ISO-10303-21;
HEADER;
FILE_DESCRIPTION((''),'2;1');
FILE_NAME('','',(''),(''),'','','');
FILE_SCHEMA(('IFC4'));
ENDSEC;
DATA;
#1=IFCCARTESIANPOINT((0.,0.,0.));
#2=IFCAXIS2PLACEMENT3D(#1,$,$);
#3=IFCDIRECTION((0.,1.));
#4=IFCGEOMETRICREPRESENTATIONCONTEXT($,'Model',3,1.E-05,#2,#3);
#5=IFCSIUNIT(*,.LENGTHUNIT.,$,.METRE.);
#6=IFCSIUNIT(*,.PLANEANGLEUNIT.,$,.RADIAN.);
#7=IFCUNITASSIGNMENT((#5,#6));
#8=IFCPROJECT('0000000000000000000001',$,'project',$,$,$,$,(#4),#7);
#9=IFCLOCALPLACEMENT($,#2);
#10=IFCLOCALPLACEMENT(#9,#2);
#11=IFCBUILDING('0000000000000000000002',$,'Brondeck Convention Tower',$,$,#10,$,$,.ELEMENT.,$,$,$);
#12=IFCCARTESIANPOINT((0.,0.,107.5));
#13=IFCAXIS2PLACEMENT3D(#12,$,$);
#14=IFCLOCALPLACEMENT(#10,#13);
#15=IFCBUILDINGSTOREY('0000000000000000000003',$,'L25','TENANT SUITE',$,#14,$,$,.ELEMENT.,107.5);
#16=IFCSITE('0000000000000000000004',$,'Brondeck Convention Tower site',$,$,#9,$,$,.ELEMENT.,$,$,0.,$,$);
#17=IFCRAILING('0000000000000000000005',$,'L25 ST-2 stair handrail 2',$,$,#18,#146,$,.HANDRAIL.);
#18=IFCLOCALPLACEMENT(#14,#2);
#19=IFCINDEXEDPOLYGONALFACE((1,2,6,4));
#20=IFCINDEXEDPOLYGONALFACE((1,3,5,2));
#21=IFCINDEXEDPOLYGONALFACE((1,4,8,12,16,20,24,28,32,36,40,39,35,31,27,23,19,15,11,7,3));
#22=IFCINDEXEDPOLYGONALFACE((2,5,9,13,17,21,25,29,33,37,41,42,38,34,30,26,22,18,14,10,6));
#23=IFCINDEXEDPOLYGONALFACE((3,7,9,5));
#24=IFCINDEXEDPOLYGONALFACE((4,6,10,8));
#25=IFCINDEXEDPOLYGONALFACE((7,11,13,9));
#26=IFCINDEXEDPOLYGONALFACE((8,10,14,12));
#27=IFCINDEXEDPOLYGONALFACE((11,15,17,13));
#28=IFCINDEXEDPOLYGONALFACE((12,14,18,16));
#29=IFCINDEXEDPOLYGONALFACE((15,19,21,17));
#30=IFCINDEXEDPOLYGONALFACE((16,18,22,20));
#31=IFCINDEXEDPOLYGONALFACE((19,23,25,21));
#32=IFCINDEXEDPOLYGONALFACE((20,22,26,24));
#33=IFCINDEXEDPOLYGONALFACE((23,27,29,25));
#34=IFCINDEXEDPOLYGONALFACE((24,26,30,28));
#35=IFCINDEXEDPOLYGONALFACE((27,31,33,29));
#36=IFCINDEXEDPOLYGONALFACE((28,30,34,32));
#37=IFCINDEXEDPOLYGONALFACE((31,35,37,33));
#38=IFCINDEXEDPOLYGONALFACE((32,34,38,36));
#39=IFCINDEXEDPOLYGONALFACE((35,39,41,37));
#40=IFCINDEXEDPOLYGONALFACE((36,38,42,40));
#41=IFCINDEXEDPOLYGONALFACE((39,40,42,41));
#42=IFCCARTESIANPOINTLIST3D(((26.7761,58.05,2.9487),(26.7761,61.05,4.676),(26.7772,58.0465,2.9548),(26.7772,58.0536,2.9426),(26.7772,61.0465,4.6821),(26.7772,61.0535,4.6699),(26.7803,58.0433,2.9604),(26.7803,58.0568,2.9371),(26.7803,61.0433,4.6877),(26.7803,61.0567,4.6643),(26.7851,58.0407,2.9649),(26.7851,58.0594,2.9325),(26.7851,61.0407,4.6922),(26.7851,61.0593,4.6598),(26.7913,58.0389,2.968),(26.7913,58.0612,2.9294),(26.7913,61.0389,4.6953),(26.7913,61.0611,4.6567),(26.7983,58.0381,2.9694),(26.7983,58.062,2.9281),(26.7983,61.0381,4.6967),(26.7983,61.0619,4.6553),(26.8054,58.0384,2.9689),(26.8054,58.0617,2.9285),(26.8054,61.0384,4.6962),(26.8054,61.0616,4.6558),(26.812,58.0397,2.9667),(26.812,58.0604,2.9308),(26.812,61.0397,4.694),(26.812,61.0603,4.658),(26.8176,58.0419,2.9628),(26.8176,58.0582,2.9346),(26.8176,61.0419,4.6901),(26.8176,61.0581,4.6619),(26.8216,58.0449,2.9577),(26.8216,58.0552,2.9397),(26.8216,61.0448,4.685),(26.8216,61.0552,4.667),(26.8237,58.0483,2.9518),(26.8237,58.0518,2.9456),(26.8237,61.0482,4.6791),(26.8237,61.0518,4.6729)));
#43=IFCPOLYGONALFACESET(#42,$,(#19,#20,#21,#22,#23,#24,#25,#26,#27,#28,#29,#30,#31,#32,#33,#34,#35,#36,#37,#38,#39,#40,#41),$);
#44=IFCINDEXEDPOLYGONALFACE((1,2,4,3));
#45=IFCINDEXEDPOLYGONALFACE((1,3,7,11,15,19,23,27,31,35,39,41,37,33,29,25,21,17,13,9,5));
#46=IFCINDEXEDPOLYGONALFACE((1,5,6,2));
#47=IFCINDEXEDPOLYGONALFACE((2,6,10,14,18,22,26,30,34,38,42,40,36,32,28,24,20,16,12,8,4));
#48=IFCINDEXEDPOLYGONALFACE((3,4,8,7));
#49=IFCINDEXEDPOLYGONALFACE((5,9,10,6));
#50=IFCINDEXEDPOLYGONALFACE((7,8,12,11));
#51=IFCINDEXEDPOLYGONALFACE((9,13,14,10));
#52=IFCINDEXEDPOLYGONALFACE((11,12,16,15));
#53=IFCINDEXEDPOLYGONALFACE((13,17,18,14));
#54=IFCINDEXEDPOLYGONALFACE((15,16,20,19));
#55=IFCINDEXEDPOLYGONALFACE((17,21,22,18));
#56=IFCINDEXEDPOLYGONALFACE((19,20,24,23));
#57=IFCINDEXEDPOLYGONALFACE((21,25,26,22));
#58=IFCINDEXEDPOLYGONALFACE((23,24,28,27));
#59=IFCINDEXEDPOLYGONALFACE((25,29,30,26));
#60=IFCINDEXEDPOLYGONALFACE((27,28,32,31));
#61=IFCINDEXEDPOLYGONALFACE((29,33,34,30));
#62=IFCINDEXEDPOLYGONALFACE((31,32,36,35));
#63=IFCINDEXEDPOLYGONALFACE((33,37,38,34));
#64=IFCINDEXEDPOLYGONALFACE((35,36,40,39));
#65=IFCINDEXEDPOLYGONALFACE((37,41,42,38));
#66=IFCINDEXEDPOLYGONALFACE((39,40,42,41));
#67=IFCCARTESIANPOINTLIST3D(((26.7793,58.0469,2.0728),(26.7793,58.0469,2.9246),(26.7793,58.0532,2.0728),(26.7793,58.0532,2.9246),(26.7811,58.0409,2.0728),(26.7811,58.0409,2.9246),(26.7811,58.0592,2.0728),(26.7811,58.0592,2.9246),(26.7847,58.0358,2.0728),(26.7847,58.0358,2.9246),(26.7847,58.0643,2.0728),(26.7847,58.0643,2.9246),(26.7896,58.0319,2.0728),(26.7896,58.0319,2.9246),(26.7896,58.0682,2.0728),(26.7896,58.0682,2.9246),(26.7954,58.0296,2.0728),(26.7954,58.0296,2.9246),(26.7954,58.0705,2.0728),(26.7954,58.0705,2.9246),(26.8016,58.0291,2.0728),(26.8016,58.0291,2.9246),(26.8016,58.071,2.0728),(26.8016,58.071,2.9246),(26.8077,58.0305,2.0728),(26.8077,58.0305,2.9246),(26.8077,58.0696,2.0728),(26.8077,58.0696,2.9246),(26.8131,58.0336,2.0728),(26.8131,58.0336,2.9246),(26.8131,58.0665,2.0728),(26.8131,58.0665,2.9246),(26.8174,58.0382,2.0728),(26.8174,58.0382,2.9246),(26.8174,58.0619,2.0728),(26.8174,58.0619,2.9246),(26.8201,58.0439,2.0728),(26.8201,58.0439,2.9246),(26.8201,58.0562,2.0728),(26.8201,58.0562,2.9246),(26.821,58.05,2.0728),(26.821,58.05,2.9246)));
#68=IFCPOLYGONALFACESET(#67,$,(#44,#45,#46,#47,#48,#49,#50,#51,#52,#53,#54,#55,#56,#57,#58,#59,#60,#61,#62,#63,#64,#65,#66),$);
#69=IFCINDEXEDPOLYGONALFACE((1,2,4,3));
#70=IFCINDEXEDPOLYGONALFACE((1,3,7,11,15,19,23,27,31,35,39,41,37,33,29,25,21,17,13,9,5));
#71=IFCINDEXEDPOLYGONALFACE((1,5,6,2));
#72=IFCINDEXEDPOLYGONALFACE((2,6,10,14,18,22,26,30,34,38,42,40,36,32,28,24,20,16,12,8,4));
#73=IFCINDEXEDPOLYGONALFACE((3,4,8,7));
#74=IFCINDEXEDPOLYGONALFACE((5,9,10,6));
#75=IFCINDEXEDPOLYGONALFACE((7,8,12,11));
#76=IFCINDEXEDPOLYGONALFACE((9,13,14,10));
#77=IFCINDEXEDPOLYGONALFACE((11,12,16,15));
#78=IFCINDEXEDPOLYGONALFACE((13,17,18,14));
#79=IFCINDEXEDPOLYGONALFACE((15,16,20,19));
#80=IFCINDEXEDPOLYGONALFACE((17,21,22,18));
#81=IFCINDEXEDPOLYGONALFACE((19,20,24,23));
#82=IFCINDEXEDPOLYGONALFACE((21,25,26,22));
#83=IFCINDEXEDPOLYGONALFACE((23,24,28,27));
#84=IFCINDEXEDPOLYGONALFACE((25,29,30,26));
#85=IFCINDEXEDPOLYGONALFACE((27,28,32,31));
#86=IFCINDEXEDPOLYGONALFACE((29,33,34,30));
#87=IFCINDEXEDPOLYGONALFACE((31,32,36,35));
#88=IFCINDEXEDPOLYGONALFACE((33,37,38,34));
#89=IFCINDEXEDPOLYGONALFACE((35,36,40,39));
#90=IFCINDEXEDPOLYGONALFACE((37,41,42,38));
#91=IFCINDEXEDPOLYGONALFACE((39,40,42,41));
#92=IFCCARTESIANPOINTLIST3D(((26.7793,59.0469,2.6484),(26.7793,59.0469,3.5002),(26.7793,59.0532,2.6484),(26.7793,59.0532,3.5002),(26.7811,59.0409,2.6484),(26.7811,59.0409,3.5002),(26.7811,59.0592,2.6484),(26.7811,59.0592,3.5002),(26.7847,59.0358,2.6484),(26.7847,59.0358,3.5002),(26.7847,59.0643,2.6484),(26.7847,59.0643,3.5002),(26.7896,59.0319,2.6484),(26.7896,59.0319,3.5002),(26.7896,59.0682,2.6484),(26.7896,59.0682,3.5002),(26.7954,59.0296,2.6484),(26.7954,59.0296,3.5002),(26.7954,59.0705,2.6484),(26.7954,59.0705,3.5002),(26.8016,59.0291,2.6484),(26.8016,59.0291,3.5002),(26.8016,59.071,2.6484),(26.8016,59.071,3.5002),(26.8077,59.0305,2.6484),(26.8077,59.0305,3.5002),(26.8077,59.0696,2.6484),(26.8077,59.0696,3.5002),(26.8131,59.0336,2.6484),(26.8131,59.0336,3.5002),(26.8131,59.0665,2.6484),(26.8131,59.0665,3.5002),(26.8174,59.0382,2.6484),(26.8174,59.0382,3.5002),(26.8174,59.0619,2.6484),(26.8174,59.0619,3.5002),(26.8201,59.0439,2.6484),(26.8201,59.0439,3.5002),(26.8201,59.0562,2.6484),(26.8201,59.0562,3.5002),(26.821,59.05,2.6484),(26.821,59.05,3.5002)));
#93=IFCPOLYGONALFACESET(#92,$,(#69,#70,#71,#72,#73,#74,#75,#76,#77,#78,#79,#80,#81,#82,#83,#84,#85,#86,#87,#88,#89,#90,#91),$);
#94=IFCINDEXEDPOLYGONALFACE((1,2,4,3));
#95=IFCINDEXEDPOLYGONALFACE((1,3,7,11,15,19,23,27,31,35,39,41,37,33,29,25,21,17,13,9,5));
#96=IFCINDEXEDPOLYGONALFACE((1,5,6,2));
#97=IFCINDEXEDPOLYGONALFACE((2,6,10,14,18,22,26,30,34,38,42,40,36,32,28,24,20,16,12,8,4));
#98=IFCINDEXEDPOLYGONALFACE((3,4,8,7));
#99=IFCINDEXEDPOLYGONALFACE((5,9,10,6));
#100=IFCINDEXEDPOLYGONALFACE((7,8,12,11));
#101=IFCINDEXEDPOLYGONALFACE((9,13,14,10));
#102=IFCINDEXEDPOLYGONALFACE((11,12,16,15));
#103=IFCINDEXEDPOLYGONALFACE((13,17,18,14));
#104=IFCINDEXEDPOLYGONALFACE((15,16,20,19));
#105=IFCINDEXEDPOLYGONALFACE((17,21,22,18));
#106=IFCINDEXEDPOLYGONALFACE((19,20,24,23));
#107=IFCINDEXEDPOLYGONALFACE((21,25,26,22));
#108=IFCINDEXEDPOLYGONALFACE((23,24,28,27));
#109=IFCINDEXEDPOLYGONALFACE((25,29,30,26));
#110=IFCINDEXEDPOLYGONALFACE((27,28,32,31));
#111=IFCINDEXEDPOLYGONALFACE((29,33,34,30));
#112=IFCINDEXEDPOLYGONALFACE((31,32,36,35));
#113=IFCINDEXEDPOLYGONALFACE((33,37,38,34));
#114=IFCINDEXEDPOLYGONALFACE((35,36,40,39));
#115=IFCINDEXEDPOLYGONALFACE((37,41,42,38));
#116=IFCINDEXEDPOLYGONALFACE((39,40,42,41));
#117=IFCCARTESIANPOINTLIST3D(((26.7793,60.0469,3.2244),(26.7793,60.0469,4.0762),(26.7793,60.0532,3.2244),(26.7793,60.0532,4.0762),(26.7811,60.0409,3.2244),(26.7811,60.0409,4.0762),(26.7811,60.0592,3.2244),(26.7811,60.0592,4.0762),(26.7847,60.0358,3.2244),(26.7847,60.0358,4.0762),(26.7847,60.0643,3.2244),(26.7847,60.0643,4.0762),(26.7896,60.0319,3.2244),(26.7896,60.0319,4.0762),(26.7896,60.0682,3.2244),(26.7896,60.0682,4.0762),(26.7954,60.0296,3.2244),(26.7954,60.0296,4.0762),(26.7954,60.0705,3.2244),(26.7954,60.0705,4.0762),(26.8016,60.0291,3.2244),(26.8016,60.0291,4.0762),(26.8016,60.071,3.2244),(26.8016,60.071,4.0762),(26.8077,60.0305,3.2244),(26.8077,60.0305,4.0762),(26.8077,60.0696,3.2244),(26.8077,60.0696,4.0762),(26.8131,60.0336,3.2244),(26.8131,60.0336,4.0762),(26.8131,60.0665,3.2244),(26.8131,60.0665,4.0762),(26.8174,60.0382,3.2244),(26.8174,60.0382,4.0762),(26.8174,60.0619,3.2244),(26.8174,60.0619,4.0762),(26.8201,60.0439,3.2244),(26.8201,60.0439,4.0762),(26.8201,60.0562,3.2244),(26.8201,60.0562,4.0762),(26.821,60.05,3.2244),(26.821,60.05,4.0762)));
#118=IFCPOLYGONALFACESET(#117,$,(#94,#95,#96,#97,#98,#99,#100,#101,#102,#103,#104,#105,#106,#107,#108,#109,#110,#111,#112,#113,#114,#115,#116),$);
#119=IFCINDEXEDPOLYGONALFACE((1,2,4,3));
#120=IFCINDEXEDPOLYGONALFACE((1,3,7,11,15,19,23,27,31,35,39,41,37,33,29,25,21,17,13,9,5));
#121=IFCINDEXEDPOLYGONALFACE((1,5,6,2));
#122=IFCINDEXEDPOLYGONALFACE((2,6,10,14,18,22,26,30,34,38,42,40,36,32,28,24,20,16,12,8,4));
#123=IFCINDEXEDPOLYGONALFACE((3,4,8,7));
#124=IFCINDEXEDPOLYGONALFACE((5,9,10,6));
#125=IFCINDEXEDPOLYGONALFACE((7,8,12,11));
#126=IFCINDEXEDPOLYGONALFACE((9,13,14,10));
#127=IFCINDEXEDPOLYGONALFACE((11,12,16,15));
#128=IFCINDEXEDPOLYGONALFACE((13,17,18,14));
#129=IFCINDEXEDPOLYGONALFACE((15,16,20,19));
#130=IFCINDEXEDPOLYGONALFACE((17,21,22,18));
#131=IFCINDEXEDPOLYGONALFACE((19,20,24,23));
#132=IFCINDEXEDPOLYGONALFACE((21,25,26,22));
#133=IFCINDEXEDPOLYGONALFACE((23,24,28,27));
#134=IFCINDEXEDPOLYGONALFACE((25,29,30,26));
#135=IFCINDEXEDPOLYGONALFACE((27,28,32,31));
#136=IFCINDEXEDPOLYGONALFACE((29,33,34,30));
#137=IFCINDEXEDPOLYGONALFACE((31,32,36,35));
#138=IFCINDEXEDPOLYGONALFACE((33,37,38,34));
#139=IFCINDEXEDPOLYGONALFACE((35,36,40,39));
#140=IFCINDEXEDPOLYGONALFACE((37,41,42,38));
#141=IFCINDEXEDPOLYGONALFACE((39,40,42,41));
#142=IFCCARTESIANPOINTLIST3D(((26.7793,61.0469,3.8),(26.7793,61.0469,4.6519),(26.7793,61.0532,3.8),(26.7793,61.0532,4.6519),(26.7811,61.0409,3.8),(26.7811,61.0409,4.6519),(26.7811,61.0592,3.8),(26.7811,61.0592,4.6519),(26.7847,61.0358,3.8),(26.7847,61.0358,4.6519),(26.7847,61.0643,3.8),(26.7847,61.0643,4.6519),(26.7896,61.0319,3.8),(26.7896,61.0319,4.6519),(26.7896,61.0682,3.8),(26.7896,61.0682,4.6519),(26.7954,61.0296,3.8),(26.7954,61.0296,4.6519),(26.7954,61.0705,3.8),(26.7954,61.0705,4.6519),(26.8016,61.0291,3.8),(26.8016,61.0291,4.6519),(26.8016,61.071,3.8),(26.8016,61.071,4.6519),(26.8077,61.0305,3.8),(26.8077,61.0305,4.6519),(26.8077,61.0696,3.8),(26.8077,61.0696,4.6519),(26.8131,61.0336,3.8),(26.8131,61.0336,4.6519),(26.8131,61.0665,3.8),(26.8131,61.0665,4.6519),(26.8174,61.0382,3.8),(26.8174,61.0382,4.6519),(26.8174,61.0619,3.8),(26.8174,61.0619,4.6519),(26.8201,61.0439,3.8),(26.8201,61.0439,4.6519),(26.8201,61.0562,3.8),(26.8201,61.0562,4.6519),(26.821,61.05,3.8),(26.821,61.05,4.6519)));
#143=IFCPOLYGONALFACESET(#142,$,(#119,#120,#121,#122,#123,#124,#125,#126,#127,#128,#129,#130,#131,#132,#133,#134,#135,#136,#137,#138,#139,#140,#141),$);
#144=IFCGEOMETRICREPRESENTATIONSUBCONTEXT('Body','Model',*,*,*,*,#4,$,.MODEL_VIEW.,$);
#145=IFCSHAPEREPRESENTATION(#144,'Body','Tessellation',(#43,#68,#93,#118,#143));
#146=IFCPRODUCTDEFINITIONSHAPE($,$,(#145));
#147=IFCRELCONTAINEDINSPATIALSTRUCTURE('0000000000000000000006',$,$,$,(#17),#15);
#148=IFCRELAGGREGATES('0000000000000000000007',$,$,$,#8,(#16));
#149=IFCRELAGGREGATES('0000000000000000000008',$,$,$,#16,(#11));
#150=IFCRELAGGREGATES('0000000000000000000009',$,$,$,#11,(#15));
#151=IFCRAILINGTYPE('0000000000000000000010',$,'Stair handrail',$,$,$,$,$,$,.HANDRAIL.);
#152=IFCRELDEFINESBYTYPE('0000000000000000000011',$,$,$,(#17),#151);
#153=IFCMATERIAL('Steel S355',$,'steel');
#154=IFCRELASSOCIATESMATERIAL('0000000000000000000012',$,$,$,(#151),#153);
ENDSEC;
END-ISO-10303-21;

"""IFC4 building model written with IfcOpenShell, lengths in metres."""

from ifc_helpers import new_model, si_unit, direction, frame, origin, origin_2d, place, context, subcontext, project, spatial, circle, extrude, material, type_object, element, save


model = new_model("IFC4")

# Units and contexts
model_context = context("Model", 3, precision=1e-05, world=origin(), true_north=direction((0.0, 1.0)))
body_context = subcontext(model_context, "Body", "Model", "MODEL_VIEW")
ifc_project = project(units=[si_unit("LENGTHUNIT", "METRE"), si_unit("PLANEANGLEUNIT", "RADIAN")], contexts=[model_context])

# Site, building, storey
site_placement = place(None, origin())
site = spatial("IfcSite", under=ifc_project, at=site_placement, Name="Brondeck Convention Tower site", CompositionType="ELEMENT", RefElevation=0.0)
building_placement = place(site_placement, origin())
building = spatial("IfcBuilding", under=site, at=building_placement, Name="Brondeck Convention Tower", CompositionType="ELEMENT")
storey_placement = place(building_placement, frame((0.0, 0.0, 107.5)))
storey = spatial("IfcBuildingStorey", under=building, at=storey_placement, Name="L25", Description="TENANT SUITE", CompositionType="ELEMENT", Elevation=107.5)

# Shared definitions
ifc_material_1 = material(Name="Steel S355", Category="steel")

# Railing
railing_type_1 = type_object("IfcRailingType", Name="Stair handrail", PredefinedType="HANDRAIL", material=ifc_material_1)
railing_1_placement = place(storey_placement, frame((26.8, 58.05, 2.0728)))
element("IfcRailing", 1, at=railing_1_placement, inside=storey, type_object=railing_type_1, Name="L25 ST-2 stair handrail 2", PredefinedType="HANDRAIL", context=body_context, shape_type="SweptSolid", body=[
    extrude(circle(Radius=0.0239, at=origin_2d()), frame((0.0, 0.0, 0.876), z_axis=(0.0, 0.86662, 0.498969), x_axis=(-1.0, 0.0, 0.0)), (0.0, 0.0, 1.0), 3.4617),
    extrude(circle(Radius=0.021, at=origin_2d()), origin(), (0.0, 0.0, 1.0), 0.8518),
    extrude(circle(Radius=0.021, at=origin_2d()), frame((0.0, 1.0, 0.5757)), (0.0, 0.0, 1.0), 0.8518),
    extrude(circle(Radius=0.021, at=origin_2d()), frame((0.0, 2.0, 1.1516)), (0.0, 0.0, 1.0), 0.8518),
    extrude(circle(Radius=0.021, at=origin_2d()), frame((0.0, 3.0, 1.7273)), (0.0, 0.0, 1.0), 0.8518),
])

save(model, "model.ifc")
